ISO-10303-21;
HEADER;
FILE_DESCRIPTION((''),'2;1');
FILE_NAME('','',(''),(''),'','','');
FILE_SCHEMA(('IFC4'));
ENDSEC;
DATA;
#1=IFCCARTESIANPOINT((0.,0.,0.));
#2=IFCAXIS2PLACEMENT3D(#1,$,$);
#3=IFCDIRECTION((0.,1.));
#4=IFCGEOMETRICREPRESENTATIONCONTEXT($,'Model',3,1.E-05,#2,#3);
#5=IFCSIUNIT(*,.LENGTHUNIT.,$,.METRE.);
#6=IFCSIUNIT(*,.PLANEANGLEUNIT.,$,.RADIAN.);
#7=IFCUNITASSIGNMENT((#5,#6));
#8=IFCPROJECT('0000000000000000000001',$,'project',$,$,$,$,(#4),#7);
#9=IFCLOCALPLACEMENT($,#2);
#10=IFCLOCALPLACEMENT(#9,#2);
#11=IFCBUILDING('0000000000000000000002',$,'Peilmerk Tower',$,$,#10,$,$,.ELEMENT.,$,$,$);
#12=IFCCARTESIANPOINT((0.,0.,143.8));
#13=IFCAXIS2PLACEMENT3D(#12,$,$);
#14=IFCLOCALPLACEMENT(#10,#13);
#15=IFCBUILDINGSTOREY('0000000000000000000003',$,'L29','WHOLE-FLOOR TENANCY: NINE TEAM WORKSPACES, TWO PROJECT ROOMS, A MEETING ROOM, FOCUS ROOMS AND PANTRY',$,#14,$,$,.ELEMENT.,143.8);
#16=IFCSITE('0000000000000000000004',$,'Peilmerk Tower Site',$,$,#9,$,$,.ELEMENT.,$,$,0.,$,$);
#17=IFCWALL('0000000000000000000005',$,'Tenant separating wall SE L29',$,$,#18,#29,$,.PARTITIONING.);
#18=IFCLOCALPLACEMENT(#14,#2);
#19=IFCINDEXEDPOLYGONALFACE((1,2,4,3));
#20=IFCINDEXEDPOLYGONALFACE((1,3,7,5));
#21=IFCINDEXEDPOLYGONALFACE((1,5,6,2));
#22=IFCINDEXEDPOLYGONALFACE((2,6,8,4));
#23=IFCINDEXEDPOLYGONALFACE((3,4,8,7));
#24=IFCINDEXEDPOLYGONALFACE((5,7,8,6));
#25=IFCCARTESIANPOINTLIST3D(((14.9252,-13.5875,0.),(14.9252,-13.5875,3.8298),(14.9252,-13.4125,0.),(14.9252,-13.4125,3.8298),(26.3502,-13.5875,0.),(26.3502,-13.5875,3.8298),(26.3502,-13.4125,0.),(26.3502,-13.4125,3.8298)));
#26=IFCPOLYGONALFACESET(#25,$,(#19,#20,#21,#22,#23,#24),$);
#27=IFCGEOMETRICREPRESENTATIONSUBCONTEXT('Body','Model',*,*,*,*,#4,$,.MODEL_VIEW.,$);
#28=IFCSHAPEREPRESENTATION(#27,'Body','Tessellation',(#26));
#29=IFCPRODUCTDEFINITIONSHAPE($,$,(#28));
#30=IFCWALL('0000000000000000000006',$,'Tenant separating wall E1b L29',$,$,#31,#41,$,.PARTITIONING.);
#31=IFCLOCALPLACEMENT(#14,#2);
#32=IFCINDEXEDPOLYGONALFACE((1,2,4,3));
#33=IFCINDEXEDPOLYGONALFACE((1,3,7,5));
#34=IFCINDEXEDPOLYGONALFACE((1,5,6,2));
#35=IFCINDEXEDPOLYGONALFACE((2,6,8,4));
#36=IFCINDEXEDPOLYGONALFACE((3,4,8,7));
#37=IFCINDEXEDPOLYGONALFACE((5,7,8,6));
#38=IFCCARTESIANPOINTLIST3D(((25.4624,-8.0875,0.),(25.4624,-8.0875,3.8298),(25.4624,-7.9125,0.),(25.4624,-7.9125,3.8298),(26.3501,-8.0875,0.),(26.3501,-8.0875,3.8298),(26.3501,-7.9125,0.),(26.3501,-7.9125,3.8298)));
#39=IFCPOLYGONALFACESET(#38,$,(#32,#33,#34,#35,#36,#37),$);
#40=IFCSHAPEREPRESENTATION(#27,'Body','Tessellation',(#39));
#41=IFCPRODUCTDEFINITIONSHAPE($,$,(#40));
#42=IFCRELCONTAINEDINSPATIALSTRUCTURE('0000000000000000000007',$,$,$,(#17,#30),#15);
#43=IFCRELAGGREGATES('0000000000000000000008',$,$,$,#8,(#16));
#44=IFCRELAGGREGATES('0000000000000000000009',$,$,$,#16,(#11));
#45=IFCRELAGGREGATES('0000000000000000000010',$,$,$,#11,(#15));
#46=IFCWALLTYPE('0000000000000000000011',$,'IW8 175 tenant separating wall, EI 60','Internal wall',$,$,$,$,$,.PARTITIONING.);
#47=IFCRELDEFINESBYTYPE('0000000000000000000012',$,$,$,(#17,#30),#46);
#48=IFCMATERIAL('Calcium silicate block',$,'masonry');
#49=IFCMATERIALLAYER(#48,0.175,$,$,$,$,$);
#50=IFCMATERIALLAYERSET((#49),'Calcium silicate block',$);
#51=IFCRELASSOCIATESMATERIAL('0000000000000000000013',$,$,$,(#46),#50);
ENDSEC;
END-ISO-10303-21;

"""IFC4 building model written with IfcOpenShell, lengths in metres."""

from ifc_helpers import new_model, si_unit, direction, frame, frame_2d, origin, place, context, subcontext, project, spatial, rectangle, extrude, material, layer, layer_set, type_object, element, save


model = new_model("IFC4")

# Units and contexts
model_context = context("Model", 3, precision=1e-05, world=origin(), true_north=direction((0.0, 1.0)))
body_context = subcontext(model_context, "Body", "Model", "MODEL_VIEW")
ifc_project = project(units=[si_unit("LENGTHUNIT", "METRE"), si_unit("PLANEANGLEUNIT", "RADIAN")], contexts=[model_context])

# Site, building, storey
site_placement = place(None, origin())
site = spatial("IfcSite", under=ifc_project, at=site_placement, Name="Peilmerk Tower Site", CompositionType="ELEMENT", RefElevation=0.0)
building_placement = place(site_placement, origin())
building = spatial("IfcBuilding", under=site, at=building_placement, Name="Peilmerk Tower", CompositionType="ELEMENT")
storey_placement = place(building_placement, frame((0.0, 0.0, 143.8)))
storey = spatial("IfcBuildingStorey", under=building, at=storey_placement, Name="L29", Description="WHOLE-FLOOR TENANCY: NINE TEAM WORKSPACES, TWO PROJECT ROOMS, A MEETING ROOM, FOCUS ROOMS AND PANTRY", CompositionType="ELEMENT", Elevation=143.8)

# Walls
ifc_material_1 = material(Name="Calcium silicate block", Category="masonry")
ifc_layer_1 = layer(ifc_material_1, 0.175)
ifc_layer_set_1 = layer_set([ifc_layer_1], Name="Calcium silicate block")
wall_type_1 = type_object("IfcWallType", Name="IW8 175 tenant separating wall, EI 60", Description="Internal wall", PredefinedType="PARTITIONING", material=ifc_layer_set_1)
wall_1_placement = place(storey_placement, frame((26.3501, -13.5, 0.0), z_axis=(0.0, 0.0, 1.0), x_axis=(-1.0, 0.0, 0.0)))
element("IfcWall", 1, at=wall_1_placement, inside=storey, type_object=wall_type_1, Name="Tenant separating wall SE L29", PredefinedType="PARTITIONING", context=body_context, shape_type="SweptSolid", body=[
    extrude(rectangle(XDim=11.425, YDim=0.175, at=frame_2d((5.7124, 0.0))), origin(), (0.0, 0.0, 1.0), 3.8298),
])
wall_2_placement = place(storey_placement, frame((25.4624, -8.0, 0.0), z_axis=(0.0, 0.0, 1.0), x_axis=(1.0, 0.0, 0.0)))
element("IfcWall", 2, at=wall_2_placement, inside=storey, type_object=wall_type_1, Name="Tenant separating wall E1b L29", PredefinedType="PARTITIONING", context=body_context, shape_type="SweptSolid", body=[
    extrude(rectangle(XDim=0.8877, YDim=0.175, at=frame_2d((0.4438, 0.0))), origin(), (0.0, 0.0, 1.0), 3.8298),
])

save(model, "model.ifc")
